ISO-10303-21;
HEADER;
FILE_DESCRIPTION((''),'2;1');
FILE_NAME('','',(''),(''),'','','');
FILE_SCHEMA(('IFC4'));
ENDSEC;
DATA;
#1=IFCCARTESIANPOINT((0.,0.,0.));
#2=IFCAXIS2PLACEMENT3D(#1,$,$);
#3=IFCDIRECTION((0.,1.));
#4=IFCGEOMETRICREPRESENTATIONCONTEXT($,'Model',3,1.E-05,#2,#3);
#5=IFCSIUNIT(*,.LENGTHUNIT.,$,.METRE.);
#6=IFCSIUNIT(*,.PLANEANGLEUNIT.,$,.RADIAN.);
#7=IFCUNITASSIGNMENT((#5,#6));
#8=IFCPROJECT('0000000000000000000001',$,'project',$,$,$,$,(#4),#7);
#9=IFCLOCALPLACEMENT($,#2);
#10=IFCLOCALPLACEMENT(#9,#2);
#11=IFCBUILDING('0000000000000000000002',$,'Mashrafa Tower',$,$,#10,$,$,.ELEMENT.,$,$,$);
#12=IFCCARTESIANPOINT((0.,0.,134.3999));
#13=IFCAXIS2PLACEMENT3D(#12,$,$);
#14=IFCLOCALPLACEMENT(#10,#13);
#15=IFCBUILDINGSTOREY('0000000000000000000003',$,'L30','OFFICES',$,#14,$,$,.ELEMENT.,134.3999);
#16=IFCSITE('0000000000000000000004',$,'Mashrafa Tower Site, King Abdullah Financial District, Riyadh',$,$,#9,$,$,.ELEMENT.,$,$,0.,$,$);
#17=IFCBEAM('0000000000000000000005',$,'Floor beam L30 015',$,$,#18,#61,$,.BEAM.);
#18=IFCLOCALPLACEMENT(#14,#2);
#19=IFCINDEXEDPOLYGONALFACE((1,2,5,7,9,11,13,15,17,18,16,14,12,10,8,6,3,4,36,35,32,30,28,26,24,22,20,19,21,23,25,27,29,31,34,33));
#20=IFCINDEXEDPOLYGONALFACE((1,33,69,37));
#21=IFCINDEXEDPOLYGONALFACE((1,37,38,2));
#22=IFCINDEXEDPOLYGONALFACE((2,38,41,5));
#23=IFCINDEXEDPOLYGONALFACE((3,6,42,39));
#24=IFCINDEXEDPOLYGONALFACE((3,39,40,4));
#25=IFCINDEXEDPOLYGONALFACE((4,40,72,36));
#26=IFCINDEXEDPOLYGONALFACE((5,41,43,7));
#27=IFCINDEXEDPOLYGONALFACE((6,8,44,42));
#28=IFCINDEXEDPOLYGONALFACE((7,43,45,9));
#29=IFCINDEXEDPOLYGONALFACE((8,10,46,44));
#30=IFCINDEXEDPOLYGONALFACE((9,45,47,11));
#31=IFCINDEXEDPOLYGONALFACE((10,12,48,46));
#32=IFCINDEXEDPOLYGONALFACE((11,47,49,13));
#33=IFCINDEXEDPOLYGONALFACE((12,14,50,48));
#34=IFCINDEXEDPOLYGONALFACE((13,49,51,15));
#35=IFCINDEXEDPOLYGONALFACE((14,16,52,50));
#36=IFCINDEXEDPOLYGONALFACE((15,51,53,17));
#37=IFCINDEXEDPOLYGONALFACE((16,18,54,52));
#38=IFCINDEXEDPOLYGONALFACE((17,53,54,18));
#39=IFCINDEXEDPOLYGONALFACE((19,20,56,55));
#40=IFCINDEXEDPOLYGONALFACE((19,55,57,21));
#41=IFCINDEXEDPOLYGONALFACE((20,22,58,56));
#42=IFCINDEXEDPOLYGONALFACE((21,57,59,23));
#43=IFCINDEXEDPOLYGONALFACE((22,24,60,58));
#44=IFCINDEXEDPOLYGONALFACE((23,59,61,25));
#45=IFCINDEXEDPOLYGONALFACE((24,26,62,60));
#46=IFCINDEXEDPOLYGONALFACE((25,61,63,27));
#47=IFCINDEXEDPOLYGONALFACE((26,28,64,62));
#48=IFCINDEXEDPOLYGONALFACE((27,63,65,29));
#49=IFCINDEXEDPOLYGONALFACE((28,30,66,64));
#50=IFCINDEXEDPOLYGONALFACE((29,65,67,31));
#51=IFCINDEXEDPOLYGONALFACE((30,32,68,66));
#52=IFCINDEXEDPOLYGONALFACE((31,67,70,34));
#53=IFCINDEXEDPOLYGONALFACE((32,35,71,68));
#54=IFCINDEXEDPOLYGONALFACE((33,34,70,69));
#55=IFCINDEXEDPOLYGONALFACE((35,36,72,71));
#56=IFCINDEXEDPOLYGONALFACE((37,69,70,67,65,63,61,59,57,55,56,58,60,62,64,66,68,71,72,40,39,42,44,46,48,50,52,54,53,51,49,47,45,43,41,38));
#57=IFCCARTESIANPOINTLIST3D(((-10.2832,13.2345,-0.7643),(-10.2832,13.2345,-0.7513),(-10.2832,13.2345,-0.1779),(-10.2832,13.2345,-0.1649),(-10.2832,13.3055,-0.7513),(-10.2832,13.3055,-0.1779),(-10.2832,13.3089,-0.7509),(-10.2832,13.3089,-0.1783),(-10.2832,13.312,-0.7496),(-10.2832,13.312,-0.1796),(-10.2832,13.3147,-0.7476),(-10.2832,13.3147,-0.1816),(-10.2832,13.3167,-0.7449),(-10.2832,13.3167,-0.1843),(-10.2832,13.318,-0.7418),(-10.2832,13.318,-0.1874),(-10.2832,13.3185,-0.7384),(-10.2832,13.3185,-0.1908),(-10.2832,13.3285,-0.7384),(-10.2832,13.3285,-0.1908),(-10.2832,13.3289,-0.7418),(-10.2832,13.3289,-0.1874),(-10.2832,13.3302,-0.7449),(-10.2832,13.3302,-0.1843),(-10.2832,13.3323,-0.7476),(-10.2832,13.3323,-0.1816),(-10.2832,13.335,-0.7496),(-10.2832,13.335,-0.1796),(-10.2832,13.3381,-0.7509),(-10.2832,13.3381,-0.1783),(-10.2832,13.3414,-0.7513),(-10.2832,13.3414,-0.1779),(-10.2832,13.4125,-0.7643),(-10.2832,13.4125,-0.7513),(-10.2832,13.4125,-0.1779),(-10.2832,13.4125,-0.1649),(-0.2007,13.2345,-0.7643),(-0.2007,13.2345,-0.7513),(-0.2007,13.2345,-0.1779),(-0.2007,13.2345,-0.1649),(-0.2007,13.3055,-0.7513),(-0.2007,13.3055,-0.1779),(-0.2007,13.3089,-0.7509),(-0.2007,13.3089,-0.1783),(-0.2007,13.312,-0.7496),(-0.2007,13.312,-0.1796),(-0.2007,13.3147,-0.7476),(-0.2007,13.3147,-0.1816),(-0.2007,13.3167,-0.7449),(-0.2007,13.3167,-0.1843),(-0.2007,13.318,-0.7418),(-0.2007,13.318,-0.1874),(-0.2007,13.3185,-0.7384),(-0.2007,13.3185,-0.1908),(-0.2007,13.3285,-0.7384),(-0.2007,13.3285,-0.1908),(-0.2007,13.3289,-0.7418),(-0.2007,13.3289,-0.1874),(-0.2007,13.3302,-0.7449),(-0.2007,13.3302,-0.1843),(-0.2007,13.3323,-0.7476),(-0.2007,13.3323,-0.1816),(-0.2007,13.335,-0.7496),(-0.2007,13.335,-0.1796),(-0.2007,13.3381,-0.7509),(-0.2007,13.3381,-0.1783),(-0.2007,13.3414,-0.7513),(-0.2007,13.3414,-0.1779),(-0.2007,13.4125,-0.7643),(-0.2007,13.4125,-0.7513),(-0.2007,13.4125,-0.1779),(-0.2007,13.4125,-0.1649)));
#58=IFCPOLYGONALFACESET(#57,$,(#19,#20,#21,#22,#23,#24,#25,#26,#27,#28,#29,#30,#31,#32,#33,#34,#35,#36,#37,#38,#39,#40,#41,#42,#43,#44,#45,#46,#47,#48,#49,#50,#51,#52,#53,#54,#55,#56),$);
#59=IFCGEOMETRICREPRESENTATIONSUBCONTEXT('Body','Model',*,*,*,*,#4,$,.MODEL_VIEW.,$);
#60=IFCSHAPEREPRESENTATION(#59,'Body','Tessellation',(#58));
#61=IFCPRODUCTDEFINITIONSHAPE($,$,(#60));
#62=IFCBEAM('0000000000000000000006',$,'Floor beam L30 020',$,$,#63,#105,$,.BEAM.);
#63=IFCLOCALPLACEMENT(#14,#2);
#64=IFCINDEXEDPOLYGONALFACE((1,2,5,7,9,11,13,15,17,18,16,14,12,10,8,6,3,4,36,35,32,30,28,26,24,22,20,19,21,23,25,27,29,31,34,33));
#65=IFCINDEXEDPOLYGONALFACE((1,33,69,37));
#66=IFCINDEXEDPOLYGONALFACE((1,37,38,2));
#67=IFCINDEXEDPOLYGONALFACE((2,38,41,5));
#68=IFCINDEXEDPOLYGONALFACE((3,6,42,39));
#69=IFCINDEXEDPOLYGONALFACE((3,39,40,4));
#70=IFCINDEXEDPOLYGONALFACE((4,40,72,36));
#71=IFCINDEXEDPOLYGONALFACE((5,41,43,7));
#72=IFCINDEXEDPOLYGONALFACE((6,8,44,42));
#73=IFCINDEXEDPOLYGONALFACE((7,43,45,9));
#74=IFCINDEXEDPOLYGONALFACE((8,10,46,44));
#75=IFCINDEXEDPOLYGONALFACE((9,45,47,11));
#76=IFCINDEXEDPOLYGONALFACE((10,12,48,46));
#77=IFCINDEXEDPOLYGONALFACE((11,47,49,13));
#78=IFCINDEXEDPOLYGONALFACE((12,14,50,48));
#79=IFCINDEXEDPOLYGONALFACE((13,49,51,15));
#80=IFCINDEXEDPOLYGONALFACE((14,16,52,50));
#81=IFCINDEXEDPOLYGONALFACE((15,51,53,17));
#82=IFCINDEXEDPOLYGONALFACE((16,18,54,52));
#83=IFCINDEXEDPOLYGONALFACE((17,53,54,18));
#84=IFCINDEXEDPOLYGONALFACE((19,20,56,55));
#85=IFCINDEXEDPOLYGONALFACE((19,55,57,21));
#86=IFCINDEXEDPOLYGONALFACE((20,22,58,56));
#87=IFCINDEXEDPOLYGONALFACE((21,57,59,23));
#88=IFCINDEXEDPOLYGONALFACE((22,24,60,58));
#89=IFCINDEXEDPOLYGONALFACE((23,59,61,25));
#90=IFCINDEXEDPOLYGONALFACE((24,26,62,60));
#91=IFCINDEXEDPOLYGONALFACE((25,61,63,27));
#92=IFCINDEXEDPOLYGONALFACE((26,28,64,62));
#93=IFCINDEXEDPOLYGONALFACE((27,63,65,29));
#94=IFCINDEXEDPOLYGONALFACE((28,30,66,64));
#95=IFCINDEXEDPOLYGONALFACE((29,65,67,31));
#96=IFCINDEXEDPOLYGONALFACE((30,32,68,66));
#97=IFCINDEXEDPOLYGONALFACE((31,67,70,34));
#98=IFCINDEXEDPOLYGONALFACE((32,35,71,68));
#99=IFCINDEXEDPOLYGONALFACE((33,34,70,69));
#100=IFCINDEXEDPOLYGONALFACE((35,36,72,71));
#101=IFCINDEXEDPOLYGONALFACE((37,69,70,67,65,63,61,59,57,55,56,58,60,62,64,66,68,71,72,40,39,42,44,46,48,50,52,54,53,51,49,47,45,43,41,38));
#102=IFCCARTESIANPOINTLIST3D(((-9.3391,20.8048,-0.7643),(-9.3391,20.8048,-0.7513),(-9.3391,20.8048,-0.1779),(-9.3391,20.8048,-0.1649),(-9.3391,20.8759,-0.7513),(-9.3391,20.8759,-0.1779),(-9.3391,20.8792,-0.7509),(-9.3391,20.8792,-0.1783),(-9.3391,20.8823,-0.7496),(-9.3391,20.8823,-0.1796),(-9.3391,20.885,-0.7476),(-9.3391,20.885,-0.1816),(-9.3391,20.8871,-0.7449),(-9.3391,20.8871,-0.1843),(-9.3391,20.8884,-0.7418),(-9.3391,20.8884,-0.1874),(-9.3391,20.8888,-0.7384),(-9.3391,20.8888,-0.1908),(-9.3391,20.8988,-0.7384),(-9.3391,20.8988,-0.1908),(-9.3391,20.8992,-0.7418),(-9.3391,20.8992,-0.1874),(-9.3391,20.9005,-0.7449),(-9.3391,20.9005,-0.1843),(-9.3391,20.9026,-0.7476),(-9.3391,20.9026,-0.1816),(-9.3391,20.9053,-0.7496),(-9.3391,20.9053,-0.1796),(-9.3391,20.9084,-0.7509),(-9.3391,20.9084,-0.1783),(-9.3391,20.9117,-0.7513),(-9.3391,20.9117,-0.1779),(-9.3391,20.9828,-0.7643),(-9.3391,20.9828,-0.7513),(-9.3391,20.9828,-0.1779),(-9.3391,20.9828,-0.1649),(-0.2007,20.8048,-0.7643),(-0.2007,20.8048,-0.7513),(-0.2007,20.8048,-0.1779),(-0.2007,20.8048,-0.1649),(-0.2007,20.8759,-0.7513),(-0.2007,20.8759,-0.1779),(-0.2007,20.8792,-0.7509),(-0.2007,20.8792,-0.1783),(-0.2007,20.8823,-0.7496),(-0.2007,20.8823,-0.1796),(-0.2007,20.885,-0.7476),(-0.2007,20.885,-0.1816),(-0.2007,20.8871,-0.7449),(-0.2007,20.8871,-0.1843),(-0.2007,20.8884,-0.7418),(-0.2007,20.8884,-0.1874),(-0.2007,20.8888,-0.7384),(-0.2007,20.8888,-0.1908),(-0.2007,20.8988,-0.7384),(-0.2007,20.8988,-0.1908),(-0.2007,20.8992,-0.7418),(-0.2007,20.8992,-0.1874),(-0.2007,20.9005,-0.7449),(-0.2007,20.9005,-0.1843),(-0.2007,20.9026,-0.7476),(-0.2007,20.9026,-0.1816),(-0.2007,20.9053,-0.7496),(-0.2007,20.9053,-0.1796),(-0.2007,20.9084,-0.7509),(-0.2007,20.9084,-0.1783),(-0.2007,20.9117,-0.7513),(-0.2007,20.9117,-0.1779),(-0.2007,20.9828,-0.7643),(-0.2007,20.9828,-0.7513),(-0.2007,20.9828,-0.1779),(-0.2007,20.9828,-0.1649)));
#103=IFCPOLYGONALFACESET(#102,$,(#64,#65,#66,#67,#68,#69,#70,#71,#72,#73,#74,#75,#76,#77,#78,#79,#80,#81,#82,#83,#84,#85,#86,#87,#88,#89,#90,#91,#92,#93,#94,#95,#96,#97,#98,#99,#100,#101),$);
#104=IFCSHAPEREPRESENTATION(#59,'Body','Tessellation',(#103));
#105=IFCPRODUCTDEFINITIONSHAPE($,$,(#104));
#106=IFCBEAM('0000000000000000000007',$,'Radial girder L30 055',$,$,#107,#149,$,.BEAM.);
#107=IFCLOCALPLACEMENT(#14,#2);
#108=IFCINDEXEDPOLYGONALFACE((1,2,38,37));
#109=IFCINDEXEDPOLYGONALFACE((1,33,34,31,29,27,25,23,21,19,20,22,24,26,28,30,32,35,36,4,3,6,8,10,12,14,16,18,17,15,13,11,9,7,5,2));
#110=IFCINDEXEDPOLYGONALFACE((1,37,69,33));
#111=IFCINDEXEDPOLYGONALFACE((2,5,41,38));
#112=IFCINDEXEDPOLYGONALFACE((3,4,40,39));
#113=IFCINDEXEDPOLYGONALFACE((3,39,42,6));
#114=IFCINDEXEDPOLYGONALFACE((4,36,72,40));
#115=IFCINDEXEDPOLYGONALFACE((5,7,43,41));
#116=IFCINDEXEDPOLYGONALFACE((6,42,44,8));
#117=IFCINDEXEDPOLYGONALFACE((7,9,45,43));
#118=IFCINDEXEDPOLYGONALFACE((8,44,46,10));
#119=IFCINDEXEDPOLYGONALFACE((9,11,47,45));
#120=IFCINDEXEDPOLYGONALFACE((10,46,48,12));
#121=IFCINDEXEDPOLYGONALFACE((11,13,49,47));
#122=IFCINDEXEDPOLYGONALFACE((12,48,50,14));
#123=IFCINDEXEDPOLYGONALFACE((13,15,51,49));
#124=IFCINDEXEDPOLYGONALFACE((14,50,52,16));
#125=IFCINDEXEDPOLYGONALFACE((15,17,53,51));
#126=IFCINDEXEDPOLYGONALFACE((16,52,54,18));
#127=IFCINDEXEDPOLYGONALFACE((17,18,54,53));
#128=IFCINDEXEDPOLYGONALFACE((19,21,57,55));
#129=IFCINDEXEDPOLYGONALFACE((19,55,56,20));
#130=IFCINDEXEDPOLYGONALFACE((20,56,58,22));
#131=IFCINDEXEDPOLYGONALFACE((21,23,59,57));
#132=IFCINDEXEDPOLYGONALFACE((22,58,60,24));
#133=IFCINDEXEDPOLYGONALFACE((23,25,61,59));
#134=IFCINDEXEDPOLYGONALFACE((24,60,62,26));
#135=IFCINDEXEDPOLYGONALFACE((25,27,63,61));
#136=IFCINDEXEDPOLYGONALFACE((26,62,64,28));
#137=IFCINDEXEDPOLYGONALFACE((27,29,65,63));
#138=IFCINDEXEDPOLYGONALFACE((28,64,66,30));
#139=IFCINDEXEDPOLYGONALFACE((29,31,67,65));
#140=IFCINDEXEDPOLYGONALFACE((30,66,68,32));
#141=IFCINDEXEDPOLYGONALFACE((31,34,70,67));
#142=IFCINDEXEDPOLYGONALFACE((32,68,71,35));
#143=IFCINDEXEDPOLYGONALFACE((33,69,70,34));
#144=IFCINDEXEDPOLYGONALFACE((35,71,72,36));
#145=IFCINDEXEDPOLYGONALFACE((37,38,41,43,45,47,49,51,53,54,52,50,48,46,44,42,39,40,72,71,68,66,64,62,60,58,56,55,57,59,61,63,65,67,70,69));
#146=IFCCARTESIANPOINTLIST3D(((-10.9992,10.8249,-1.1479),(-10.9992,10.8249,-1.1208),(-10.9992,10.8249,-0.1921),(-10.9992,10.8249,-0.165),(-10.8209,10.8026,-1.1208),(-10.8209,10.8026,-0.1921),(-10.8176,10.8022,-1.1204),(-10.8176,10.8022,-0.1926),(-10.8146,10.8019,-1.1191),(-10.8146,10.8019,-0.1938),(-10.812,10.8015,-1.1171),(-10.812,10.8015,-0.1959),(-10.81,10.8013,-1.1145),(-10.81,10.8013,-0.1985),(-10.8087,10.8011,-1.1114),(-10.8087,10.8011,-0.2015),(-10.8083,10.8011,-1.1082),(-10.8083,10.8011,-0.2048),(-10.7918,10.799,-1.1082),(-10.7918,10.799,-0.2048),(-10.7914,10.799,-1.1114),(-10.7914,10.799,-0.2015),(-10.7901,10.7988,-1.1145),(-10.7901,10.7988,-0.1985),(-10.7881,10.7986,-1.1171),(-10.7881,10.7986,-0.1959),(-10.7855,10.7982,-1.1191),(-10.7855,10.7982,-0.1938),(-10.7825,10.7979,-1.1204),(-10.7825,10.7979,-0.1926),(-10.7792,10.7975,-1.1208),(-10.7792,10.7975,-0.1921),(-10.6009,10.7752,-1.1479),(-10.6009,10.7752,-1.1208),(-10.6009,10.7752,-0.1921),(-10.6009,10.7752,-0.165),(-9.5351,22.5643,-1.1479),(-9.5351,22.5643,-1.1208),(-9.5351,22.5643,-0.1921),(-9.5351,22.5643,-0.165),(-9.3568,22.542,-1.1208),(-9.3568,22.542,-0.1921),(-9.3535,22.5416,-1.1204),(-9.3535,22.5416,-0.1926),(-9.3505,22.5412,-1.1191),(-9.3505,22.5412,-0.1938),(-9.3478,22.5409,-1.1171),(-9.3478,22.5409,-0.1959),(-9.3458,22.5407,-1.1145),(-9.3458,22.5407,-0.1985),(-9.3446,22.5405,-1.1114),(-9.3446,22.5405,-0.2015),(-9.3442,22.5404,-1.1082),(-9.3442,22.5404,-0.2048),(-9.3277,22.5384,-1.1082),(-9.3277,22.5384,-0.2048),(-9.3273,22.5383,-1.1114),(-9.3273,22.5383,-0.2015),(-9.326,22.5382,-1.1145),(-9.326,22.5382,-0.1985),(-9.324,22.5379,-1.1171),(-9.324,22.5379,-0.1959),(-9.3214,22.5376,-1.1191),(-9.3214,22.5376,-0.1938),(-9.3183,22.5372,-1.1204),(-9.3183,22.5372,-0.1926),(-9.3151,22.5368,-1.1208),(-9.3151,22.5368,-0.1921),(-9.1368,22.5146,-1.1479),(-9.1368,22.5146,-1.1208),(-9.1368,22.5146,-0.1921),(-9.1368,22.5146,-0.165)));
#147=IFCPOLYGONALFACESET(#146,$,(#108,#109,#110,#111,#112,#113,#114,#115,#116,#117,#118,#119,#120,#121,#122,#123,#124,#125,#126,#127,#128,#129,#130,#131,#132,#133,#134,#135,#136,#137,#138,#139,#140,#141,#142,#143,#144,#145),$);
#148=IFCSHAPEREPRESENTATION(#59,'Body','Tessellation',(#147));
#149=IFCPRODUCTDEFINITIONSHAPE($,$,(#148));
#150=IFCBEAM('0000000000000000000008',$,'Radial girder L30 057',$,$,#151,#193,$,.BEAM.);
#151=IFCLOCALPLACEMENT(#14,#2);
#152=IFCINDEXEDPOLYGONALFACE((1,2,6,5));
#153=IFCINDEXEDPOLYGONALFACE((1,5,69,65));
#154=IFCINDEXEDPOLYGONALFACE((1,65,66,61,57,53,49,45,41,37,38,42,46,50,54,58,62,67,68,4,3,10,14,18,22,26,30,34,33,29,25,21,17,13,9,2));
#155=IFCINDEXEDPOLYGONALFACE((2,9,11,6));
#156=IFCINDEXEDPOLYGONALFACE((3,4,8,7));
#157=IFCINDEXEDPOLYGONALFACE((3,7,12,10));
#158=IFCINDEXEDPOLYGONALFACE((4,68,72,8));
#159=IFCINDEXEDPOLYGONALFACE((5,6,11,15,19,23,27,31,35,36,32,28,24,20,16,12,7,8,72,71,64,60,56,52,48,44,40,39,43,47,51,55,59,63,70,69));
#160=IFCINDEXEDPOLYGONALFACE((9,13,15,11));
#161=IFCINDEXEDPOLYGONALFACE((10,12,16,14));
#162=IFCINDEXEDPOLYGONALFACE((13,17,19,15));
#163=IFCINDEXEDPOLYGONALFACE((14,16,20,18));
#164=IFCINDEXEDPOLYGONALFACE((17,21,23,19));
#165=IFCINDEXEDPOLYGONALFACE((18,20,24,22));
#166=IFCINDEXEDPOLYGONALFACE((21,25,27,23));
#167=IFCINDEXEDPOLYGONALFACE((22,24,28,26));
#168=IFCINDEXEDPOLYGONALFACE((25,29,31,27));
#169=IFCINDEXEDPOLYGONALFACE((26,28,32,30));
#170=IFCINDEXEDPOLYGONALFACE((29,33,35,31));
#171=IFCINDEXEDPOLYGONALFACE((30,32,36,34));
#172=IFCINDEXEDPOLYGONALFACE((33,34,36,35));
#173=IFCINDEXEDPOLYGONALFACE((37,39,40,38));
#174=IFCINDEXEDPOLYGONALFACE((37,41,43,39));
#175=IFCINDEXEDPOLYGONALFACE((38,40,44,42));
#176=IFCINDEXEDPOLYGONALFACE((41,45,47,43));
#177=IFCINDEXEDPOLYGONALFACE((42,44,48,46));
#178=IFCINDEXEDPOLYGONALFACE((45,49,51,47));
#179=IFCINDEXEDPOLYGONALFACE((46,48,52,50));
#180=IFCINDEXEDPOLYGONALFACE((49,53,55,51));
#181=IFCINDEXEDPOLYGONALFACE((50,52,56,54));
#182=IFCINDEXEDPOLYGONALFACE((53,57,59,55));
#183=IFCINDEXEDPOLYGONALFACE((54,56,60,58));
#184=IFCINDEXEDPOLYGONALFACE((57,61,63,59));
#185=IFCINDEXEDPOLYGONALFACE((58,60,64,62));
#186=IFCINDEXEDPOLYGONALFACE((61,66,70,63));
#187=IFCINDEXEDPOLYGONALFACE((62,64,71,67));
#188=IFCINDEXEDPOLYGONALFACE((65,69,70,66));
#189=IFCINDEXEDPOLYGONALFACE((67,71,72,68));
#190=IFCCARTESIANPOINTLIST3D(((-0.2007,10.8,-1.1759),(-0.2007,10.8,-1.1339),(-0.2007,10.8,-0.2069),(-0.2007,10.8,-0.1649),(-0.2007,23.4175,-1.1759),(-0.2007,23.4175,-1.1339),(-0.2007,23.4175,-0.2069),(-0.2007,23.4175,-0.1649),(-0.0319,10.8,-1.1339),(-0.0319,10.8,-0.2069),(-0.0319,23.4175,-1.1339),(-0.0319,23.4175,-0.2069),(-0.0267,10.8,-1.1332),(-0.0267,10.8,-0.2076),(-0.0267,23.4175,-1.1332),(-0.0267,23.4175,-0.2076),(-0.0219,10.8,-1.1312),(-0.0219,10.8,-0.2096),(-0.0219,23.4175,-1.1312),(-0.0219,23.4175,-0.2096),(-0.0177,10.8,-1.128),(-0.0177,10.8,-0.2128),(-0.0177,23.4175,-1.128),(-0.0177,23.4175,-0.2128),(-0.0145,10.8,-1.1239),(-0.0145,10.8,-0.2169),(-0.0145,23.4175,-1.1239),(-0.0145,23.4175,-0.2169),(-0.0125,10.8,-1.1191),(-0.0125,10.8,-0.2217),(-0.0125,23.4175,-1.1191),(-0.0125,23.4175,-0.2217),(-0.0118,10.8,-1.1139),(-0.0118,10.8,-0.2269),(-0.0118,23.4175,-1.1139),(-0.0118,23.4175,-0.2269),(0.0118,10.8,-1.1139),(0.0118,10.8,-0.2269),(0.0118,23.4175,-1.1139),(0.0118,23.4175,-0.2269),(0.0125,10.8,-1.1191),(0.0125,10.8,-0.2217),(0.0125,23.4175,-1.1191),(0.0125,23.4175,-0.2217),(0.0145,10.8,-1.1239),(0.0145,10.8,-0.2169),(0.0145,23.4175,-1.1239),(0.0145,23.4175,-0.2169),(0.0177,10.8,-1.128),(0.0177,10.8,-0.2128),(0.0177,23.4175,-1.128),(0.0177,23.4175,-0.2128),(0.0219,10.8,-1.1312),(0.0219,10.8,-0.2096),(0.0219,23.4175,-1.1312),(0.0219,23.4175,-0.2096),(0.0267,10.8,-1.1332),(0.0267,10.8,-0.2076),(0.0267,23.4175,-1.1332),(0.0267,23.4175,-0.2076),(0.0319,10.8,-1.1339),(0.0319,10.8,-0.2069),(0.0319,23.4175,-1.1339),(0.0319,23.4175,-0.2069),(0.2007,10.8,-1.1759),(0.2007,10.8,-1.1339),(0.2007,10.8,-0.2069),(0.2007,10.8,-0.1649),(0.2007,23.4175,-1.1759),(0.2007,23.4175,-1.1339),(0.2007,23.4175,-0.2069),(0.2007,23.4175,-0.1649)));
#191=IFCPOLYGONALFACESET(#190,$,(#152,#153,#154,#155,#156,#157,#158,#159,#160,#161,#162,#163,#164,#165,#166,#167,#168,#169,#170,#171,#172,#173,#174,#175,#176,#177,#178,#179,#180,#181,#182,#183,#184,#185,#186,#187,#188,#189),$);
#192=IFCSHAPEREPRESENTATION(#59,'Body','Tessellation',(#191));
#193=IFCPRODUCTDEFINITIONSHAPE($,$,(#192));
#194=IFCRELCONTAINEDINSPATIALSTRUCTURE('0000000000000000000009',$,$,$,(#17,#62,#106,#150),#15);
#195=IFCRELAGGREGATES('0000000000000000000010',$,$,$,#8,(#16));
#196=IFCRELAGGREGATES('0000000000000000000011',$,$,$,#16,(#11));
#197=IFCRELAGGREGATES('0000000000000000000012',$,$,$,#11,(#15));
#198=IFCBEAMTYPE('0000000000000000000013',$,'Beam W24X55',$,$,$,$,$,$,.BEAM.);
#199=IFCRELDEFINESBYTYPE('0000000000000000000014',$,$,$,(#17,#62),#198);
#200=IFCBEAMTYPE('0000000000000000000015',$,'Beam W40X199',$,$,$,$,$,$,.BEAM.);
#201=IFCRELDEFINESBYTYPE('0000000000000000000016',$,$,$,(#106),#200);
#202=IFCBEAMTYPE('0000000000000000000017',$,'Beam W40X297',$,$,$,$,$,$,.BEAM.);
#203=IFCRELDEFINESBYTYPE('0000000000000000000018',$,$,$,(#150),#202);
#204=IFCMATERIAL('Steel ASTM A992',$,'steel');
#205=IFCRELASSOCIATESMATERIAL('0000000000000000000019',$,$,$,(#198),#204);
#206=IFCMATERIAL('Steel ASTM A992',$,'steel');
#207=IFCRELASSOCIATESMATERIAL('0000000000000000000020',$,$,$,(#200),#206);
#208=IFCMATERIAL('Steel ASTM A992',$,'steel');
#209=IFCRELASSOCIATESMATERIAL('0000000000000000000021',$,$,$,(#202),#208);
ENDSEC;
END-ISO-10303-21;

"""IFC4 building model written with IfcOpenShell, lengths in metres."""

from ifc_helpers import new_model, si_unit, direction, frame, origin, origin_2d, place, context, subcontext, project, spatial, i_section, extrude, material, material_profile, profile_set, type_object, element, save


model = new_model("IFC4")

# Units and contexts
model_context = context("Model", 3, precision=1e-05, world=origin(), true_north=direction((0.0, 1.0)))
body_context = subcontext(model_context, "Body", "Model", "MODEL_VIEW")
ifc_project = project(units=[si_unit("LENGTHUNIT", "METRE"), si_unit("PLANEANGLEUNIT", "RADIAN")], contexts=[model_context])

# Site, building, storey
site_placement = place(None, origin())
site = spatial("IfcSite", under=ifc_project, at=site_placement, Name="Mashrafa Tower Site, King Abdullah Financial District, Riyadh", CompositionType="ELEMENT", RefElevation=0.0)
building_placement = place(site_placement, origin())
building = spatial("IfcBuilding", under=site, at=building_placement, Name="Mashrafa Tower", CompositionType="ELEMENT")
storey_placement = place(building_placement, frame((0.0, 0.0, 134.3999)))
storey = spatial("IfcBuildingStorey", under=building, at=storey_placement, Name="L30", Description="OFFICES", CompositionType="ELEMENT", Elevation=134.3999)

# Beams
ifc_material_1 = material(Name="Steel ASTM A992", Category="steel")
ifc_material_profile_1 = material_profile(ifc_material_1, i_section(OverallWidth=0.178, OverallDepth=0.5994, WebThickness=0.01, FlangeThickness=0.0129, FilletRadius=0.0129, at=origin_2d()), Name="W24X55")
ifc_profile_set_1 = profile_set([ifc_material_profile_1], Name="Steel ASTM A992")
beam_type_1 = type_object("IfcBeamType", Name="Beam W24X55", PredefinedType="BEAM", material=ifc_profile_set_1)
beam_1_placement = place(storey_placement, frame((-10.2832, 13.3235, -0.4646), z_axis=(1.0, 0.0, 0.0), x_axis=(0.0, 1.0, 0.0)))
element("IfcBeam", 1, at=beam_1_placement, inside=storey, type_object=beam_type_1, Name="Floor beam L30 015", PredefinedType="BEAM", context=body_context, shape_type="SweptSolid", body=[
    extrude(i_section(OverallWidth=0.178, OverallDepth=0.5994, WebThickness=0.01, FlangeThickness=0.0129, FilletRadius=0.0129, at=origin_2d()), origin(), (0.0, 0.0, 1.0), 10.0825),
])
beam_2_placement = place(storey_placement, frame((-9.3391, 20.8938, -0.4646), z_axis=(1.0, 0.0, 0.0), x_axis=(0.0, 1.0, 0.0)))
element("IfcBeam", 2, at=beam_2_placement, inside=storey, type_object=beam_type_1, Name="Floor beam L30 020", PredefinedType="BEAM", context=body_context, shape_type="SweptSolid", body=[
    extrude(i_section(OverallWidth=0.178, OverallDepth=0.5994, WebThickness=0.01, FlangeThickness=0.0129, FilletRadius=0.0129, at=origin_2d()), origin(), (0.0, 0.0, 1.0), 9.1384),
])
ifc_material_2 = material(Name="Steel ASTM A992", Category="steel")
ifc_material_profile_2 = material_profile(ifc_material_2, i_section(OverallWidth=0.4014, OverallDepth=0.9829, WebThickness=0.0166, FlangeThickness=0.0271, FilletRadius=0.0127, at=origin_2d()), Name="W40X199")
ifc_profile_set_2 = profile_set([ifc_material_profile_2], Name="Steel ASTM A992")
beam_type_2 = type_object("IfcBeamType", Name="Beam W40X199", PredefinedType="BEAM", material=ifc_profile_set_2)
beam_3_placement = place(storey_placement, frame((-10.8, 10.8, -0.6565), z_axis=(0.12376, 0.992312, 0.0), x_axis=(-0.992312, 0.12376, 0.0)))
element("IfcBeam", 3, at=beam_3_placement, inside=storey, type_object=beam_type_2, Name="Radial girder L30 055", PredefinedType="BEAM", context=body_context, shape_type="SweptSolid", body=[
    extrude(i_section(OverallWidth=0.4014, OverallDepth=0.9829, WebThickness=0.0166, FlangeThickness=0.0271, FilletRadius=0.0127, at=origin_2d()), origin(), (0.0, 0.0, 1.0), 11.8303),
])
ifc_material_3 = material(Name="Steel ASTM A992", Category="steel")
ifc_material_profile_3 = material_profile(ifc_material_3, i_section(OverallWidth=0.4014, OverallDepth=1.011, WebThickness=0.0237, FlangeThickness=0.042, FilletRadius=0.02, at=origin_2d()), Name="W40X297")
ifc_profile_set_3 = profile_set([ifc_material_profile_3], Name="Steel ASTM A992")
beam_type_3 = type_object("IfcBeamType", Name="Beam W40X297", PredefinedType="BEAM", material=ifc_profile_set_3)
beam_4_placement = place(storey_placement, frame((0.0, 10.8, -0.6704), z_axis=(0.0, 1.0, 0.0), x_axis=(-1.0, 0.0, 0.0)))
element("IfcBeam", 4, at=beam_4_placement, inside=storey, type_object=beam_type_3, Name="Radial girder L30 057", PredefinedType="BEAM", context=body_context, shape_type="SweptSolid", body=[
    extrude(i_section(OverallWidth=0.4014, OverallDepth=1.011, WebThickness=0.0237, FlangeThickness=0.042, FilletRadius=0.02, at=origin_2d()), origin(), (0.0, 0.0, 1.0), 12.6174),
])

save(model, "model.ifc")
